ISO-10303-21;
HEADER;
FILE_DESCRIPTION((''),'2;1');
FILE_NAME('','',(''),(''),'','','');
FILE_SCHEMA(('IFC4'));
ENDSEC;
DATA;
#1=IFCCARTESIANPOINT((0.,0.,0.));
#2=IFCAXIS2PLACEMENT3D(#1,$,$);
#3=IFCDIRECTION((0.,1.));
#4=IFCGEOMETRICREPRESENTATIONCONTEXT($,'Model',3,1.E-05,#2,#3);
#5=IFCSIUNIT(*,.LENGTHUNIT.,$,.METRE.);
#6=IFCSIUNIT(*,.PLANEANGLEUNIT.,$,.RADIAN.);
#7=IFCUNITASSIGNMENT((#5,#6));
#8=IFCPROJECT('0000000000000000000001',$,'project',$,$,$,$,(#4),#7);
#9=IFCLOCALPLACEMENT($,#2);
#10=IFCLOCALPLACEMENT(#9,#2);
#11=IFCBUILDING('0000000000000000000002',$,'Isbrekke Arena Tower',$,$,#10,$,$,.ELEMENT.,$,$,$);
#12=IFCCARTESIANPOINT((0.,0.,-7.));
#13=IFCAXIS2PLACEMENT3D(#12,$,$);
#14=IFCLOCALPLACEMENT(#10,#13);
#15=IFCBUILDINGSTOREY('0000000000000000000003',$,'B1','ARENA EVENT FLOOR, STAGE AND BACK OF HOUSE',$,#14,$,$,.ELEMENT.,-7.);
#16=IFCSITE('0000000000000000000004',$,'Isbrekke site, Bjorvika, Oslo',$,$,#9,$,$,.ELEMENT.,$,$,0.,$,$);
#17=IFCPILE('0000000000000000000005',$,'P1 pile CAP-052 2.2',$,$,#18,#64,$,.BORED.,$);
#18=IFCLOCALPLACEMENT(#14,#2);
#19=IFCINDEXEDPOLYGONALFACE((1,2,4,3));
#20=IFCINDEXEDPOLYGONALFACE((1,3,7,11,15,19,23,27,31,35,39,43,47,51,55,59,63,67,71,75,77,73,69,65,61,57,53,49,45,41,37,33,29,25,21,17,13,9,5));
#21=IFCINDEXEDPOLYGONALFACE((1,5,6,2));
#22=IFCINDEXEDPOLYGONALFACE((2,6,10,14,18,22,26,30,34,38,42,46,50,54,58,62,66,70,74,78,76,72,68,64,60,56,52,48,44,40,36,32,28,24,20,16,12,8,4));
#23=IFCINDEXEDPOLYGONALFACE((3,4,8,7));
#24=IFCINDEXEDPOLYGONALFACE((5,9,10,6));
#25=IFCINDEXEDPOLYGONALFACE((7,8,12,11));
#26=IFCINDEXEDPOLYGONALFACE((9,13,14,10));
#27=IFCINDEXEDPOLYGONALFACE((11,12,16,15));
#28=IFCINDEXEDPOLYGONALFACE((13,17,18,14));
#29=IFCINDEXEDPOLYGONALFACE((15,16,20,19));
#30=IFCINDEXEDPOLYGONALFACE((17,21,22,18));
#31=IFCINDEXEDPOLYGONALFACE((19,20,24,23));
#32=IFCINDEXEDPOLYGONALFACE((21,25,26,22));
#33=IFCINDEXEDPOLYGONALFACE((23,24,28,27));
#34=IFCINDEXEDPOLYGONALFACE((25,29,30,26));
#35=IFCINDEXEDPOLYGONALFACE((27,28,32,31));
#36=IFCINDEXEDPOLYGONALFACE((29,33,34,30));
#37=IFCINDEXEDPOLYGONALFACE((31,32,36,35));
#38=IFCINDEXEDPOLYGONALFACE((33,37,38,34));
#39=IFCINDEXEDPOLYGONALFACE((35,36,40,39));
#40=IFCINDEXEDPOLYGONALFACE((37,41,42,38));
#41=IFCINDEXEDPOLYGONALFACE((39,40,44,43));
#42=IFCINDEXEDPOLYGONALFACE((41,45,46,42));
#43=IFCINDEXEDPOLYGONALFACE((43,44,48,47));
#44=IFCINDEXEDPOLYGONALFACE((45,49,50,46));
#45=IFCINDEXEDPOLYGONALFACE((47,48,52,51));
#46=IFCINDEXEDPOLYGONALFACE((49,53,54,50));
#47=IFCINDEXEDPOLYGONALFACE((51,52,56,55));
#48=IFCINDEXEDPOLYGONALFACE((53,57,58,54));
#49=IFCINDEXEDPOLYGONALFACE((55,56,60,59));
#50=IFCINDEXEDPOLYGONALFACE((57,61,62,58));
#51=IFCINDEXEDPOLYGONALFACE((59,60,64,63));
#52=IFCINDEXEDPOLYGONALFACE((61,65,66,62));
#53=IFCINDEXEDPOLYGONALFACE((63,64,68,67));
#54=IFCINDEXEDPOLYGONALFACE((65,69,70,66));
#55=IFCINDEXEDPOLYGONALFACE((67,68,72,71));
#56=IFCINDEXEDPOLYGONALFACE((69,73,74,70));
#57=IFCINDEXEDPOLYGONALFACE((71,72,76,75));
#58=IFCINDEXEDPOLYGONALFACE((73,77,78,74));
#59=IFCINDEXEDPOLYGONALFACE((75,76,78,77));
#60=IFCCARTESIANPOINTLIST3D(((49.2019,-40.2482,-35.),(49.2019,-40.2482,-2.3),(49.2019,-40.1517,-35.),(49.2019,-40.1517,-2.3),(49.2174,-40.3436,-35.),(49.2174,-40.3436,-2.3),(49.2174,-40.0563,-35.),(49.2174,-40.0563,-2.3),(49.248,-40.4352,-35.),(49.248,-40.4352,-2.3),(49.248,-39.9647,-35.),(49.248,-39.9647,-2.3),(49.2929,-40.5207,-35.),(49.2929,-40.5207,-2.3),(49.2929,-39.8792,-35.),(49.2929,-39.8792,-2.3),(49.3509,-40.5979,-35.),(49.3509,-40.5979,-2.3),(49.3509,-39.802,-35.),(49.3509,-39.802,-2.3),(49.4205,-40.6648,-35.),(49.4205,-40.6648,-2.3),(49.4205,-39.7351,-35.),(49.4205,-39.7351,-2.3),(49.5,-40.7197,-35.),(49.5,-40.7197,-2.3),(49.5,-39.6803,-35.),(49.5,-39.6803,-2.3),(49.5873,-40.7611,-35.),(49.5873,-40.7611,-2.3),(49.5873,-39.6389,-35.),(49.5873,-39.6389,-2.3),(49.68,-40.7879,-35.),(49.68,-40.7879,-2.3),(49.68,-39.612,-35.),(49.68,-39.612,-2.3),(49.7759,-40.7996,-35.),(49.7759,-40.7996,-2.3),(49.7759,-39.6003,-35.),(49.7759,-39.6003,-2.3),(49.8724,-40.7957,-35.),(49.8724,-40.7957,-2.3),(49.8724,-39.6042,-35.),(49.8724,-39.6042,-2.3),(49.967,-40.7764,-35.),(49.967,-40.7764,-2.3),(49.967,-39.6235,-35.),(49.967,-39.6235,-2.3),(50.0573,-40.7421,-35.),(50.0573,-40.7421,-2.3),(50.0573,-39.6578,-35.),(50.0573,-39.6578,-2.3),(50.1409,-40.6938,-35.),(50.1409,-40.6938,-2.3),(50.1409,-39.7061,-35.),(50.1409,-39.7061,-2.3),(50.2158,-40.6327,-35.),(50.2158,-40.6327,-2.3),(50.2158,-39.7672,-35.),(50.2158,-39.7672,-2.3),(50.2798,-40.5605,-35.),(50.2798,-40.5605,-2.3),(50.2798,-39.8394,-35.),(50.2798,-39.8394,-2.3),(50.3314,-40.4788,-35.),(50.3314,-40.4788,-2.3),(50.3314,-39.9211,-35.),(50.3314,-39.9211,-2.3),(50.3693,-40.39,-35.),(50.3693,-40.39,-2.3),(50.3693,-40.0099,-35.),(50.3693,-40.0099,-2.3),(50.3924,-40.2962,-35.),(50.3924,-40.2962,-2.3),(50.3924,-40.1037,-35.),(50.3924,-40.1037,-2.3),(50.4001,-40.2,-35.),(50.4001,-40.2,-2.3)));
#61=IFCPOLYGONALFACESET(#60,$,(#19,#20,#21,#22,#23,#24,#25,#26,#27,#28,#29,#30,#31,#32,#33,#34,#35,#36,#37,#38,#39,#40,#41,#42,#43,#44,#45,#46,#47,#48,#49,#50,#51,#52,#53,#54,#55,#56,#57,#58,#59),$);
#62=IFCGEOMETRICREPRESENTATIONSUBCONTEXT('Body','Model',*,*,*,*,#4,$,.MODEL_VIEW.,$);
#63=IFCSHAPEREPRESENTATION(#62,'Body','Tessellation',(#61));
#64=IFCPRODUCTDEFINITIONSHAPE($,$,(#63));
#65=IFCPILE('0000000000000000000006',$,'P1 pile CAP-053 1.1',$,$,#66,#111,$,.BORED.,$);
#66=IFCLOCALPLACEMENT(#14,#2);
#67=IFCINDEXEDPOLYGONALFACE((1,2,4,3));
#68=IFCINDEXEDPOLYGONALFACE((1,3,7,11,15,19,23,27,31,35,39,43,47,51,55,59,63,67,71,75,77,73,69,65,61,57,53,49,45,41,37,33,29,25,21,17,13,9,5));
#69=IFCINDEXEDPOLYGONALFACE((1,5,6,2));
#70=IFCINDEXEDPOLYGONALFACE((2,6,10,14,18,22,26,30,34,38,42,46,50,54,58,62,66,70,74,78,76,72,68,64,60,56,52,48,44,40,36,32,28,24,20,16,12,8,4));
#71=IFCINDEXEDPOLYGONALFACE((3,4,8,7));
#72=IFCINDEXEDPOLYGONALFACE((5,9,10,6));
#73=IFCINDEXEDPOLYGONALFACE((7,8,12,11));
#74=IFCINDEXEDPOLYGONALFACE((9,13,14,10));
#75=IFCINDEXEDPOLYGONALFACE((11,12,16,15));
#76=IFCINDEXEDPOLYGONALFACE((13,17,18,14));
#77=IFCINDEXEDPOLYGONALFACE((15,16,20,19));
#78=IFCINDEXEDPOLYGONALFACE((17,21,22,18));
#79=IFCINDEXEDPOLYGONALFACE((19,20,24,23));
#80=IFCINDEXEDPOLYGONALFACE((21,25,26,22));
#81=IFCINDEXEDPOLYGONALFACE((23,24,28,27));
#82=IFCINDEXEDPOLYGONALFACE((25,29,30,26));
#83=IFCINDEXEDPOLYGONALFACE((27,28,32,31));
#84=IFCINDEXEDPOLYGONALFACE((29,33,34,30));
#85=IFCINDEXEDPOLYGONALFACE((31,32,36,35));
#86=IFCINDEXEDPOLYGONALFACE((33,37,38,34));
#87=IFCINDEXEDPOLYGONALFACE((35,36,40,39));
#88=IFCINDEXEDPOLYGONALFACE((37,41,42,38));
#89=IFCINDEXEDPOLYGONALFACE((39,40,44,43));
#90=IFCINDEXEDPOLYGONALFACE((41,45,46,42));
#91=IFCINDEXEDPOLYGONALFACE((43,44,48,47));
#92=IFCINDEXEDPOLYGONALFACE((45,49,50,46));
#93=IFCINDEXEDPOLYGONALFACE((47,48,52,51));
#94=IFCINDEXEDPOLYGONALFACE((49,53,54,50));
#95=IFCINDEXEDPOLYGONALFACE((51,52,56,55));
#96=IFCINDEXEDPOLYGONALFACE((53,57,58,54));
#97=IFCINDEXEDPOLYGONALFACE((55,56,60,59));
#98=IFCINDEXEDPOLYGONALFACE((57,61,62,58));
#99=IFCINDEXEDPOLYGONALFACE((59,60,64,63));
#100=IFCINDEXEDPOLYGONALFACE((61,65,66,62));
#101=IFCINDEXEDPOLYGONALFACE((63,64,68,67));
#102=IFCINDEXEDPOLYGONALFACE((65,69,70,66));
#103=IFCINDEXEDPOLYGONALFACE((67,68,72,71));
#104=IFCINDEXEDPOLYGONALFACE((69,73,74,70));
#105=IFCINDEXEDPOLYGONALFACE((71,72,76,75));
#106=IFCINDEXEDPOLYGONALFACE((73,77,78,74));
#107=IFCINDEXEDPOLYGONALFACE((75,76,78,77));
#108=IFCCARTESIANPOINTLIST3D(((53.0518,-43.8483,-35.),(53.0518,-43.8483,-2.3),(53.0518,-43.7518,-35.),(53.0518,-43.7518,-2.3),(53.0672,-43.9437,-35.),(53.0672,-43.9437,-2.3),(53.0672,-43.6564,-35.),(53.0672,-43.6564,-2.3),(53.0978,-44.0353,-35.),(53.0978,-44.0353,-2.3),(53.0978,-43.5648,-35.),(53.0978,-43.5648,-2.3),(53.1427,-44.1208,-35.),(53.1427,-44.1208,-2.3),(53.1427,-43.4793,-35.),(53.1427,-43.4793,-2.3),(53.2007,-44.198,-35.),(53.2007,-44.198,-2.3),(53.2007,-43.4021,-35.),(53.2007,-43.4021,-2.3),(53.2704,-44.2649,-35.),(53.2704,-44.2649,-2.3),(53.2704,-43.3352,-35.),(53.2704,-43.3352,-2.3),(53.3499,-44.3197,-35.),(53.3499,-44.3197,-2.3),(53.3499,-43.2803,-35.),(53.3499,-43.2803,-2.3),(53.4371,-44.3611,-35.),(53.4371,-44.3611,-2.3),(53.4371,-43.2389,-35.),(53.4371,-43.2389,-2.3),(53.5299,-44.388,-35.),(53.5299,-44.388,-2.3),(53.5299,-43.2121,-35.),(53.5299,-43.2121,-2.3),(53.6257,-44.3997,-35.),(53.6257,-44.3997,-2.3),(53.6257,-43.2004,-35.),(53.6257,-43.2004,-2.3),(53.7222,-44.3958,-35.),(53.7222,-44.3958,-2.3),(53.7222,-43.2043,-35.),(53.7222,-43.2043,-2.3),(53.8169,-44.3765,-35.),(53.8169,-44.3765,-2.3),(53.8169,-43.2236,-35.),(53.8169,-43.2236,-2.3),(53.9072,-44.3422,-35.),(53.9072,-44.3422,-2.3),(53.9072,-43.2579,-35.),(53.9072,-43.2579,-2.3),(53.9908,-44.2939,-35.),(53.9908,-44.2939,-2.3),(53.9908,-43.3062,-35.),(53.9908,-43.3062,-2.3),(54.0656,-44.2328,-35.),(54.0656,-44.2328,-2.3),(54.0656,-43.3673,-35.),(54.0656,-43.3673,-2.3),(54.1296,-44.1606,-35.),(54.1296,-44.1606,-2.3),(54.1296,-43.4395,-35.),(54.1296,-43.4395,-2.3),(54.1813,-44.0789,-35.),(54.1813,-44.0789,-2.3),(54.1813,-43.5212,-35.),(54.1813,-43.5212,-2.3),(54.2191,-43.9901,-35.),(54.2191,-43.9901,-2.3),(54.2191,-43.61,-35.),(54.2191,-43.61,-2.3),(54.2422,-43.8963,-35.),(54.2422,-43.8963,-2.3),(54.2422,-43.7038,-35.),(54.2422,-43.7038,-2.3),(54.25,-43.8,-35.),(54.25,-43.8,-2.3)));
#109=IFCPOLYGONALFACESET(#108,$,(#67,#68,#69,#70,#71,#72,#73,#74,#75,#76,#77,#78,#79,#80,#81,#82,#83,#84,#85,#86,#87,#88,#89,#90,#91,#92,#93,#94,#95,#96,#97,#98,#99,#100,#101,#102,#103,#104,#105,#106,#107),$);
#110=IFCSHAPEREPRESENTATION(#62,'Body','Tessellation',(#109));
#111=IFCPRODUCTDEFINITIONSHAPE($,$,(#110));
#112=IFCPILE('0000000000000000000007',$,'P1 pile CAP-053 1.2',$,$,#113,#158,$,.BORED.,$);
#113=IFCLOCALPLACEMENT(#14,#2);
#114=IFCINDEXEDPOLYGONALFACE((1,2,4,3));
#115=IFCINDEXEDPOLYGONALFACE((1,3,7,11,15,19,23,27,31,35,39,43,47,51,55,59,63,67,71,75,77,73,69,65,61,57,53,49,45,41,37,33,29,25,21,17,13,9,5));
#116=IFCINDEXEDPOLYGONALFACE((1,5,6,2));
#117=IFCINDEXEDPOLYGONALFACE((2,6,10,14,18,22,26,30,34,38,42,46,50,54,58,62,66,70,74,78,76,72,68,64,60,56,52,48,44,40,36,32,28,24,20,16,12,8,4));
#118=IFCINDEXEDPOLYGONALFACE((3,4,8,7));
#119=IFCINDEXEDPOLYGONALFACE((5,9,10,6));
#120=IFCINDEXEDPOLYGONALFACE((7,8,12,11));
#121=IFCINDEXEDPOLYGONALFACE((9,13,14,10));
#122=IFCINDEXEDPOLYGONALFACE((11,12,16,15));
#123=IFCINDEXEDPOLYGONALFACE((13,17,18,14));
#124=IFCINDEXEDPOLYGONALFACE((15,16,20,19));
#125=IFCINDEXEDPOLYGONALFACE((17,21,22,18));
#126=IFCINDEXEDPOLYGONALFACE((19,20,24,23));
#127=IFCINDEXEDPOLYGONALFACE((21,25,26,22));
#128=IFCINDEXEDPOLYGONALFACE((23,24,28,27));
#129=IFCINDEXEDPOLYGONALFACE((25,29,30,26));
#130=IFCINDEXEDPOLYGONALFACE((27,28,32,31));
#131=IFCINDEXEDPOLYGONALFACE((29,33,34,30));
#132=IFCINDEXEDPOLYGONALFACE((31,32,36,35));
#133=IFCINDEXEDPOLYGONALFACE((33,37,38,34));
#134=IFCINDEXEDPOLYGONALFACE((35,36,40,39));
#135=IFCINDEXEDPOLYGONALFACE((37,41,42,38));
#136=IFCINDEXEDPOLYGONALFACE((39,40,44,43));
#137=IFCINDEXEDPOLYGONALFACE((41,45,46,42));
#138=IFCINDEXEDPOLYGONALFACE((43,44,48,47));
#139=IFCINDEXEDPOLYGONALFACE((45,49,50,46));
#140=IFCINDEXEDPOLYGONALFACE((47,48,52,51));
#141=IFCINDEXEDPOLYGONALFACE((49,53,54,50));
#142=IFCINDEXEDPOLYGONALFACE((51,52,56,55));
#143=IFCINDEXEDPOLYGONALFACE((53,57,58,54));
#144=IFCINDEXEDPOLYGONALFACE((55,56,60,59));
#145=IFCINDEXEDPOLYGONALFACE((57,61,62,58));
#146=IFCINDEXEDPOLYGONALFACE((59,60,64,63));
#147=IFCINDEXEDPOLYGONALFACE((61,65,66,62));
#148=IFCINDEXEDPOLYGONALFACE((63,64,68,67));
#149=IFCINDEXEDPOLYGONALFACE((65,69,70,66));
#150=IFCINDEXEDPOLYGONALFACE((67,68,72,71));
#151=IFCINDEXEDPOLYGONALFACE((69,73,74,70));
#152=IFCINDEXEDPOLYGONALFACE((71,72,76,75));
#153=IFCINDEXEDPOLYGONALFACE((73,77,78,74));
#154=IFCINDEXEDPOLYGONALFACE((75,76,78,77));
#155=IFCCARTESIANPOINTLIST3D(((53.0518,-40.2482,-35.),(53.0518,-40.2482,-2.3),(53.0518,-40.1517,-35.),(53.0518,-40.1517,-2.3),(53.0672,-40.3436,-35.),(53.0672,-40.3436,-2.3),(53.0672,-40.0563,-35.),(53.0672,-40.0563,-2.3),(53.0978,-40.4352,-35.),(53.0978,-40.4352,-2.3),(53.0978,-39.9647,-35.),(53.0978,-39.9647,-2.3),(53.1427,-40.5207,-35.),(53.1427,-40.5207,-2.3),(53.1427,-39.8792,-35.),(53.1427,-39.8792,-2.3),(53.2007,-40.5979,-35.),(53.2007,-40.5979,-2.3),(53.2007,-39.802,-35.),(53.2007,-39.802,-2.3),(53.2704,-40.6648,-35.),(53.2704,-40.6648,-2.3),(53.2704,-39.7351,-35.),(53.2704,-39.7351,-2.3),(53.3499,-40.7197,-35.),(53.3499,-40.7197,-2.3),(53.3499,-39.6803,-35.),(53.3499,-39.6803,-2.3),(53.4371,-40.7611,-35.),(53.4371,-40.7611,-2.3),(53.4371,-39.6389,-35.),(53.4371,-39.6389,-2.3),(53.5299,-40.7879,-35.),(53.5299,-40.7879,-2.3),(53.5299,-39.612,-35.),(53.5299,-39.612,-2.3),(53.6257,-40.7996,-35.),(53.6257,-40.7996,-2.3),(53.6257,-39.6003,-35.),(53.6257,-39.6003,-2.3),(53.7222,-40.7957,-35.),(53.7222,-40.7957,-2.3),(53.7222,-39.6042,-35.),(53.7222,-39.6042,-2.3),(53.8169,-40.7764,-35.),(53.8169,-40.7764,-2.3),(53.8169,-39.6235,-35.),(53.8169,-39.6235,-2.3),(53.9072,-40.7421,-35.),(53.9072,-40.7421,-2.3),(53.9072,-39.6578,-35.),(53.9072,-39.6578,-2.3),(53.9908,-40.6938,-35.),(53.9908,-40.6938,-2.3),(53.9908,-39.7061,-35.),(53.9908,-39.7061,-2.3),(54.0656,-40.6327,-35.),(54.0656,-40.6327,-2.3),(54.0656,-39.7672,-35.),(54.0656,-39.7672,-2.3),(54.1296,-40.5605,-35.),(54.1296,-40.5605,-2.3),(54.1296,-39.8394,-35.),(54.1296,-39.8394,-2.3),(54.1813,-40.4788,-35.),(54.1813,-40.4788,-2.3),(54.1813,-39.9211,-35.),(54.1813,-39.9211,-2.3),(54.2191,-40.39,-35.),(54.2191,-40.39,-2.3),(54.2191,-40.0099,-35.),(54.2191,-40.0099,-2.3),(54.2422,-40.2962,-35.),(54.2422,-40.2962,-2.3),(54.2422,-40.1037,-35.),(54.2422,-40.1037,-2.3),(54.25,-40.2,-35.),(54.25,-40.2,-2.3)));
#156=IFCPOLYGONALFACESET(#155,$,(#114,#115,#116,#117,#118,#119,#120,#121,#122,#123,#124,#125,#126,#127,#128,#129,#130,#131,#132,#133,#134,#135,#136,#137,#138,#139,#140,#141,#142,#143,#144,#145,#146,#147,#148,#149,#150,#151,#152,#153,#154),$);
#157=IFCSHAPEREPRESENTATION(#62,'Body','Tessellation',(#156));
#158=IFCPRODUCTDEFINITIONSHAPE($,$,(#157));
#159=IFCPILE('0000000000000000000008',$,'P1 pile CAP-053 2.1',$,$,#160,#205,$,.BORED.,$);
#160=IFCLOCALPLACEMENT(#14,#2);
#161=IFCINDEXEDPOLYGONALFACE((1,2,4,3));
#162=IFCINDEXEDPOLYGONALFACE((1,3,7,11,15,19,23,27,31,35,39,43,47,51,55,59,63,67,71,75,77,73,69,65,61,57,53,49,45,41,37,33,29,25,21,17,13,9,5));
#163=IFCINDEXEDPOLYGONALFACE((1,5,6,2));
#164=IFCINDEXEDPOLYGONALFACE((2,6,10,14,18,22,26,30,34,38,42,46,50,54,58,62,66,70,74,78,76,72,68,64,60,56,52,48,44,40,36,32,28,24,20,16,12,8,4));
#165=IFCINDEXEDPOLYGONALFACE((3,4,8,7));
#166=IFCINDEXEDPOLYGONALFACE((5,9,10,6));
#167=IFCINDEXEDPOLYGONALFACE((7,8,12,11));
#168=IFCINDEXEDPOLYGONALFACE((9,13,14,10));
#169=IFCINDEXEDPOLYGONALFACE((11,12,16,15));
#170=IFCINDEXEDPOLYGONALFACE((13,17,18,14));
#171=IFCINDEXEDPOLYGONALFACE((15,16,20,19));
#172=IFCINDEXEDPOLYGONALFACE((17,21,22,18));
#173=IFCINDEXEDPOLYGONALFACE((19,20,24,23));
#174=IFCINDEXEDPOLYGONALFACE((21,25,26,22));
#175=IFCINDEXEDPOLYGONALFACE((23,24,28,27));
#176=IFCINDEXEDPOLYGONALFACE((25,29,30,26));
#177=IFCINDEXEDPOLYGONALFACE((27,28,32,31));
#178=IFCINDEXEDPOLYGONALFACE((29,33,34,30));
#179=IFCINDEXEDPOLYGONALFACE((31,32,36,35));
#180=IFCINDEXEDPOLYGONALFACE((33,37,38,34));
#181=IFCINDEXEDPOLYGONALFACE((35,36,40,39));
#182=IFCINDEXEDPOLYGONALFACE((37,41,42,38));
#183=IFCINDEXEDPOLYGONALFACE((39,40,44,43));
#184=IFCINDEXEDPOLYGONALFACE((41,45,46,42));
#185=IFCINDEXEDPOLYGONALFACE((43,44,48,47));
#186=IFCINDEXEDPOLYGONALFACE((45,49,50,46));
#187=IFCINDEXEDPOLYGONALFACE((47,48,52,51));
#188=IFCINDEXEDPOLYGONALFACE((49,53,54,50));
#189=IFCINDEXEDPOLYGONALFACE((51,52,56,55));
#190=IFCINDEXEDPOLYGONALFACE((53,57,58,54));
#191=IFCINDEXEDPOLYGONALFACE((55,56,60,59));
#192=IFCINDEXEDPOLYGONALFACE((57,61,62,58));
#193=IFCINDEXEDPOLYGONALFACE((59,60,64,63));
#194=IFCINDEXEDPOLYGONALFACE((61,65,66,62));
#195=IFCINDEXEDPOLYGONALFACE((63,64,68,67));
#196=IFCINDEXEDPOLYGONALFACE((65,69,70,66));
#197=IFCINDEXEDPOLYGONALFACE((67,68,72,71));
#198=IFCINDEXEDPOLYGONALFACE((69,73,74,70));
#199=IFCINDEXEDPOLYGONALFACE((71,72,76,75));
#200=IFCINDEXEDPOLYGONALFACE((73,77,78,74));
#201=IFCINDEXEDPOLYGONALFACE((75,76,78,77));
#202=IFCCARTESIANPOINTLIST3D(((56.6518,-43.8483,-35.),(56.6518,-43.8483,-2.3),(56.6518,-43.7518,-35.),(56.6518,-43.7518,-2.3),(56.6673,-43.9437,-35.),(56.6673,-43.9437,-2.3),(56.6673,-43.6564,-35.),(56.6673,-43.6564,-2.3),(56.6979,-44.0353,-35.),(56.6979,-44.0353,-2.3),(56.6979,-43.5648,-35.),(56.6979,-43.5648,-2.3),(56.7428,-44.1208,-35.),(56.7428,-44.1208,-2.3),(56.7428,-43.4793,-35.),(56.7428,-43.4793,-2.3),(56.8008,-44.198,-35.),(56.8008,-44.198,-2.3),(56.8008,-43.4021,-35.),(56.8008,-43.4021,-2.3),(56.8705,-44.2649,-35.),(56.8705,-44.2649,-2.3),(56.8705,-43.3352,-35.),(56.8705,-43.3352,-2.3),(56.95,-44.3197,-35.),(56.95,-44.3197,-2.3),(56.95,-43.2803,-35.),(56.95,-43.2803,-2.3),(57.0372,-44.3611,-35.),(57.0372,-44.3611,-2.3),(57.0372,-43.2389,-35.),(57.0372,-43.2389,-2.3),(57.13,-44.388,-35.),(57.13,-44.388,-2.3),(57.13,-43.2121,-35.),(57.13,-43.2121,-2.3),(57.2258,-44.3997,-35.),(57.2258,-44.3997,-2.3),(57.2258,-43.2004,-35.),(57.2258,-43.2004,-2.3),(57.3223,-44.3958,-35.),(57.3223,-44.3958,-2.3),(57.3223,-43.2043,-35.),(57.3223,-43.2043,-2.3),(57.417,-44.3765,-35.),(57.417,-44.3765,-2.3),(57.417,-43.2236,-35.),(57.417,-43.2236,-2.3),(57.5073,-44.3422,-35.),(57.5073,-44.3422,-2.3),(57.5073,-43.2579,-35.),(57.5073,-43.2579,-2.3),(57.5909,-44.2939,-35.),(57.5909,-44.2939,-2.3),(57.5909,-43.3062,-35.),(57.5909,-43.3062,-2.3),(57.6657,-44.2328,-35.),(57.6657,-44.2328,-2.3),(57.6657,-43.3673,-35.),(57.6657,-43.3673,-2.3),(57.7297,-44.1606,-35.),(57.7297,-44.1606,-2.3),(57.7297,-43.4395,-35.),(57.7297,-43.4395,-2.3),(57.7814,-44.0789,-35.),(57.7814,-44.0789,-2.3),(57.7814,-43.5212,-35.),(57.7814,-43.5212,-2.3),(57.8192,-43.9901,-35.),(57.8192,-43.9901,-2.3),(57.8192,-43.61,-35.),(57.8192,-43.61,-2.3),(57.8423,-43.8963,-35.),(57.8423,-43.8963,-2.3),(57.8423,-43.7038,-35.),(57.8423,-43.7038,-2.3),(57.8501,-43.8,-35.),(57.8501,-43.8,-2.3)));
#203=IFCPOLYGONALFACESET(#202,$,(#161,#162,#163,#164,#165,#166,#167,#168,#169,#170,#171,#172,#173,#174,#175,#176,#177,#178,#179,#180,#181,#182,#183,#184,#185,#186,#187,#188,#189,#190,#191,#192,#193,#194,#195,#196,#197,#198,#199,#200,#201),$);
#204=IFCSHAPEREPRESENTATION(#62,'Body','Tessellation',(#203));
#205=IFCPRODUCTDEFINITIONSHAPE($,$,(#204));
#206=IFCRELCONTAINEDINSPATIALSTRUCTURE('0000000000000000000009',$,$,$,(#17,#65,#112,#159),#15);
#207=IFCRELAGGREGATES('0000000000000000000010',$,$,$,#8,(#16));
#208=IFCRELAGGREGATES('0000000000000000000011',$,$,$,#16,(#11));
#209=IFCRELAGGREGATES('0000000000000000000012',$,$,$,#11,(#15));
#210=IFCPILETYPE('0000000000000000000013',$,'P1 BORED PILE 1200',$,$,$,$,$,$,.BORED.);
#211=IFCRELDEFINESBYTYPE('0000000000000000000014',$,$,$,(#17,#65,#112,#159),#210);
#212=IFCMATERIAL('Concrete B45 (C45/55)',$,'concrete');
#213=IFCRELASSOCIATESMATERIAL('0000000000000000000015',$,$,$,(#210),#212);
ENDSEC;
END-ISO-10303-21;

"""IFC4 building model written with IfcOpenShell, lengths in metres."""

from ifc_helpers import new_model, si_unit, direction, frame, origin, origin_2d, place, context, subcontext, project, spatial, circle, extrude, material, material_profile, profile_set, type_object, element, save


model = new_model("IFC4")

# Units and contexts
model_context = context("Model", 3, precision=1e-05, world=origin(), true_north=direction((0.0, 1.0)))
body_context = subcontext(model_context, "Body", "Model", "MODEL_VIEW")
ifc_project = project(units=[si_unit("LENGTHUNIT", "METRE"), si_unit("PLANEANGLEUNIT", "RADIAN")], contexts=[model_context])

# Site, building, storey
site_placement = place(None, origin())
site = spatial("IfcSite", under=ifc_project, at=site_placement, Name="Isbrekke site, Bjorvika, Oslo", CompositionType="ELEMENT", RefElevation=0.0)
building_placement = place(site_placement, origin())
building = spatial("IfcBuilding", under=site, at=building_placement, Name="Isbrekke Arena Tower", CompositionType="ELEMENT")
storey_placement = place(building_placement, frame((0.0, 0.0, -7.0)))
storey = spatial("IfcBuildingStorey", under=building, at=storey_placement, Name="B1", Description="ARENA EVENT FLOOR, STAGE AND BACK OF HOUSE", CompositionType="ELEMENT", Elevation=-7.0)

# Piles
ifc_material_1 = material(Name="Concrete B45 (C45/55)", Category="concrete")
ifc_material_profile_1 = material_profile(ifc_material_1, circle(Radius=0.6001, at=origin_2d()), Name="BORED PILE D1200")
ifc_profile_set_1 = profile_set([ifc_material_profile_1], Name="Concrete B45 (C45/55)")
pile_type = type_object("IfcPileType", Name="P1 BORED PILE 1200", PredefinedType="BORED", material=ifc_profile_set_1)
for number, where, z_axis, x_axis, name in (
    (1, (49.8, -40.2, -2.3), (0.0, 0.0, -1.0), (1.0, 0.0, 0.0), "P1 pile CAP-052 2.2"),
    (2, (53.6499, -43.8, -2.3), (0.0, 0.0, -1.0), (1.0, 0.0, 0.0), "P1 pile CAP-053 1.1"),
    (3, (53.6499, -40.2, -2.3), (0.0, 0.0, -1.0), (1.0, 0.0, 0.0), "P1 pile CAP-053 1.2"),
    (4, (57.25, -43.8, -2.3), (0.0, 0.0, -1.0), (1.0, 0.0, 0.0), "P1 pile CAP-053 2.1"),
):
    element("IfcPile", number, at=place(storey_placement, frame(where, z_axis=z_axis, x_axis=x_axis)), inside=storey, type_object=pile_type, Name=name, PredefinedType="BORED", context=body_context, shape_type="SweptSolid", body=[
        extrude(circle(Radius=0.6001, at=origin_2d()), origin(), (0.0, 0.0, 1.0), 32.7),
    ])

save(model, "model.ifc")
